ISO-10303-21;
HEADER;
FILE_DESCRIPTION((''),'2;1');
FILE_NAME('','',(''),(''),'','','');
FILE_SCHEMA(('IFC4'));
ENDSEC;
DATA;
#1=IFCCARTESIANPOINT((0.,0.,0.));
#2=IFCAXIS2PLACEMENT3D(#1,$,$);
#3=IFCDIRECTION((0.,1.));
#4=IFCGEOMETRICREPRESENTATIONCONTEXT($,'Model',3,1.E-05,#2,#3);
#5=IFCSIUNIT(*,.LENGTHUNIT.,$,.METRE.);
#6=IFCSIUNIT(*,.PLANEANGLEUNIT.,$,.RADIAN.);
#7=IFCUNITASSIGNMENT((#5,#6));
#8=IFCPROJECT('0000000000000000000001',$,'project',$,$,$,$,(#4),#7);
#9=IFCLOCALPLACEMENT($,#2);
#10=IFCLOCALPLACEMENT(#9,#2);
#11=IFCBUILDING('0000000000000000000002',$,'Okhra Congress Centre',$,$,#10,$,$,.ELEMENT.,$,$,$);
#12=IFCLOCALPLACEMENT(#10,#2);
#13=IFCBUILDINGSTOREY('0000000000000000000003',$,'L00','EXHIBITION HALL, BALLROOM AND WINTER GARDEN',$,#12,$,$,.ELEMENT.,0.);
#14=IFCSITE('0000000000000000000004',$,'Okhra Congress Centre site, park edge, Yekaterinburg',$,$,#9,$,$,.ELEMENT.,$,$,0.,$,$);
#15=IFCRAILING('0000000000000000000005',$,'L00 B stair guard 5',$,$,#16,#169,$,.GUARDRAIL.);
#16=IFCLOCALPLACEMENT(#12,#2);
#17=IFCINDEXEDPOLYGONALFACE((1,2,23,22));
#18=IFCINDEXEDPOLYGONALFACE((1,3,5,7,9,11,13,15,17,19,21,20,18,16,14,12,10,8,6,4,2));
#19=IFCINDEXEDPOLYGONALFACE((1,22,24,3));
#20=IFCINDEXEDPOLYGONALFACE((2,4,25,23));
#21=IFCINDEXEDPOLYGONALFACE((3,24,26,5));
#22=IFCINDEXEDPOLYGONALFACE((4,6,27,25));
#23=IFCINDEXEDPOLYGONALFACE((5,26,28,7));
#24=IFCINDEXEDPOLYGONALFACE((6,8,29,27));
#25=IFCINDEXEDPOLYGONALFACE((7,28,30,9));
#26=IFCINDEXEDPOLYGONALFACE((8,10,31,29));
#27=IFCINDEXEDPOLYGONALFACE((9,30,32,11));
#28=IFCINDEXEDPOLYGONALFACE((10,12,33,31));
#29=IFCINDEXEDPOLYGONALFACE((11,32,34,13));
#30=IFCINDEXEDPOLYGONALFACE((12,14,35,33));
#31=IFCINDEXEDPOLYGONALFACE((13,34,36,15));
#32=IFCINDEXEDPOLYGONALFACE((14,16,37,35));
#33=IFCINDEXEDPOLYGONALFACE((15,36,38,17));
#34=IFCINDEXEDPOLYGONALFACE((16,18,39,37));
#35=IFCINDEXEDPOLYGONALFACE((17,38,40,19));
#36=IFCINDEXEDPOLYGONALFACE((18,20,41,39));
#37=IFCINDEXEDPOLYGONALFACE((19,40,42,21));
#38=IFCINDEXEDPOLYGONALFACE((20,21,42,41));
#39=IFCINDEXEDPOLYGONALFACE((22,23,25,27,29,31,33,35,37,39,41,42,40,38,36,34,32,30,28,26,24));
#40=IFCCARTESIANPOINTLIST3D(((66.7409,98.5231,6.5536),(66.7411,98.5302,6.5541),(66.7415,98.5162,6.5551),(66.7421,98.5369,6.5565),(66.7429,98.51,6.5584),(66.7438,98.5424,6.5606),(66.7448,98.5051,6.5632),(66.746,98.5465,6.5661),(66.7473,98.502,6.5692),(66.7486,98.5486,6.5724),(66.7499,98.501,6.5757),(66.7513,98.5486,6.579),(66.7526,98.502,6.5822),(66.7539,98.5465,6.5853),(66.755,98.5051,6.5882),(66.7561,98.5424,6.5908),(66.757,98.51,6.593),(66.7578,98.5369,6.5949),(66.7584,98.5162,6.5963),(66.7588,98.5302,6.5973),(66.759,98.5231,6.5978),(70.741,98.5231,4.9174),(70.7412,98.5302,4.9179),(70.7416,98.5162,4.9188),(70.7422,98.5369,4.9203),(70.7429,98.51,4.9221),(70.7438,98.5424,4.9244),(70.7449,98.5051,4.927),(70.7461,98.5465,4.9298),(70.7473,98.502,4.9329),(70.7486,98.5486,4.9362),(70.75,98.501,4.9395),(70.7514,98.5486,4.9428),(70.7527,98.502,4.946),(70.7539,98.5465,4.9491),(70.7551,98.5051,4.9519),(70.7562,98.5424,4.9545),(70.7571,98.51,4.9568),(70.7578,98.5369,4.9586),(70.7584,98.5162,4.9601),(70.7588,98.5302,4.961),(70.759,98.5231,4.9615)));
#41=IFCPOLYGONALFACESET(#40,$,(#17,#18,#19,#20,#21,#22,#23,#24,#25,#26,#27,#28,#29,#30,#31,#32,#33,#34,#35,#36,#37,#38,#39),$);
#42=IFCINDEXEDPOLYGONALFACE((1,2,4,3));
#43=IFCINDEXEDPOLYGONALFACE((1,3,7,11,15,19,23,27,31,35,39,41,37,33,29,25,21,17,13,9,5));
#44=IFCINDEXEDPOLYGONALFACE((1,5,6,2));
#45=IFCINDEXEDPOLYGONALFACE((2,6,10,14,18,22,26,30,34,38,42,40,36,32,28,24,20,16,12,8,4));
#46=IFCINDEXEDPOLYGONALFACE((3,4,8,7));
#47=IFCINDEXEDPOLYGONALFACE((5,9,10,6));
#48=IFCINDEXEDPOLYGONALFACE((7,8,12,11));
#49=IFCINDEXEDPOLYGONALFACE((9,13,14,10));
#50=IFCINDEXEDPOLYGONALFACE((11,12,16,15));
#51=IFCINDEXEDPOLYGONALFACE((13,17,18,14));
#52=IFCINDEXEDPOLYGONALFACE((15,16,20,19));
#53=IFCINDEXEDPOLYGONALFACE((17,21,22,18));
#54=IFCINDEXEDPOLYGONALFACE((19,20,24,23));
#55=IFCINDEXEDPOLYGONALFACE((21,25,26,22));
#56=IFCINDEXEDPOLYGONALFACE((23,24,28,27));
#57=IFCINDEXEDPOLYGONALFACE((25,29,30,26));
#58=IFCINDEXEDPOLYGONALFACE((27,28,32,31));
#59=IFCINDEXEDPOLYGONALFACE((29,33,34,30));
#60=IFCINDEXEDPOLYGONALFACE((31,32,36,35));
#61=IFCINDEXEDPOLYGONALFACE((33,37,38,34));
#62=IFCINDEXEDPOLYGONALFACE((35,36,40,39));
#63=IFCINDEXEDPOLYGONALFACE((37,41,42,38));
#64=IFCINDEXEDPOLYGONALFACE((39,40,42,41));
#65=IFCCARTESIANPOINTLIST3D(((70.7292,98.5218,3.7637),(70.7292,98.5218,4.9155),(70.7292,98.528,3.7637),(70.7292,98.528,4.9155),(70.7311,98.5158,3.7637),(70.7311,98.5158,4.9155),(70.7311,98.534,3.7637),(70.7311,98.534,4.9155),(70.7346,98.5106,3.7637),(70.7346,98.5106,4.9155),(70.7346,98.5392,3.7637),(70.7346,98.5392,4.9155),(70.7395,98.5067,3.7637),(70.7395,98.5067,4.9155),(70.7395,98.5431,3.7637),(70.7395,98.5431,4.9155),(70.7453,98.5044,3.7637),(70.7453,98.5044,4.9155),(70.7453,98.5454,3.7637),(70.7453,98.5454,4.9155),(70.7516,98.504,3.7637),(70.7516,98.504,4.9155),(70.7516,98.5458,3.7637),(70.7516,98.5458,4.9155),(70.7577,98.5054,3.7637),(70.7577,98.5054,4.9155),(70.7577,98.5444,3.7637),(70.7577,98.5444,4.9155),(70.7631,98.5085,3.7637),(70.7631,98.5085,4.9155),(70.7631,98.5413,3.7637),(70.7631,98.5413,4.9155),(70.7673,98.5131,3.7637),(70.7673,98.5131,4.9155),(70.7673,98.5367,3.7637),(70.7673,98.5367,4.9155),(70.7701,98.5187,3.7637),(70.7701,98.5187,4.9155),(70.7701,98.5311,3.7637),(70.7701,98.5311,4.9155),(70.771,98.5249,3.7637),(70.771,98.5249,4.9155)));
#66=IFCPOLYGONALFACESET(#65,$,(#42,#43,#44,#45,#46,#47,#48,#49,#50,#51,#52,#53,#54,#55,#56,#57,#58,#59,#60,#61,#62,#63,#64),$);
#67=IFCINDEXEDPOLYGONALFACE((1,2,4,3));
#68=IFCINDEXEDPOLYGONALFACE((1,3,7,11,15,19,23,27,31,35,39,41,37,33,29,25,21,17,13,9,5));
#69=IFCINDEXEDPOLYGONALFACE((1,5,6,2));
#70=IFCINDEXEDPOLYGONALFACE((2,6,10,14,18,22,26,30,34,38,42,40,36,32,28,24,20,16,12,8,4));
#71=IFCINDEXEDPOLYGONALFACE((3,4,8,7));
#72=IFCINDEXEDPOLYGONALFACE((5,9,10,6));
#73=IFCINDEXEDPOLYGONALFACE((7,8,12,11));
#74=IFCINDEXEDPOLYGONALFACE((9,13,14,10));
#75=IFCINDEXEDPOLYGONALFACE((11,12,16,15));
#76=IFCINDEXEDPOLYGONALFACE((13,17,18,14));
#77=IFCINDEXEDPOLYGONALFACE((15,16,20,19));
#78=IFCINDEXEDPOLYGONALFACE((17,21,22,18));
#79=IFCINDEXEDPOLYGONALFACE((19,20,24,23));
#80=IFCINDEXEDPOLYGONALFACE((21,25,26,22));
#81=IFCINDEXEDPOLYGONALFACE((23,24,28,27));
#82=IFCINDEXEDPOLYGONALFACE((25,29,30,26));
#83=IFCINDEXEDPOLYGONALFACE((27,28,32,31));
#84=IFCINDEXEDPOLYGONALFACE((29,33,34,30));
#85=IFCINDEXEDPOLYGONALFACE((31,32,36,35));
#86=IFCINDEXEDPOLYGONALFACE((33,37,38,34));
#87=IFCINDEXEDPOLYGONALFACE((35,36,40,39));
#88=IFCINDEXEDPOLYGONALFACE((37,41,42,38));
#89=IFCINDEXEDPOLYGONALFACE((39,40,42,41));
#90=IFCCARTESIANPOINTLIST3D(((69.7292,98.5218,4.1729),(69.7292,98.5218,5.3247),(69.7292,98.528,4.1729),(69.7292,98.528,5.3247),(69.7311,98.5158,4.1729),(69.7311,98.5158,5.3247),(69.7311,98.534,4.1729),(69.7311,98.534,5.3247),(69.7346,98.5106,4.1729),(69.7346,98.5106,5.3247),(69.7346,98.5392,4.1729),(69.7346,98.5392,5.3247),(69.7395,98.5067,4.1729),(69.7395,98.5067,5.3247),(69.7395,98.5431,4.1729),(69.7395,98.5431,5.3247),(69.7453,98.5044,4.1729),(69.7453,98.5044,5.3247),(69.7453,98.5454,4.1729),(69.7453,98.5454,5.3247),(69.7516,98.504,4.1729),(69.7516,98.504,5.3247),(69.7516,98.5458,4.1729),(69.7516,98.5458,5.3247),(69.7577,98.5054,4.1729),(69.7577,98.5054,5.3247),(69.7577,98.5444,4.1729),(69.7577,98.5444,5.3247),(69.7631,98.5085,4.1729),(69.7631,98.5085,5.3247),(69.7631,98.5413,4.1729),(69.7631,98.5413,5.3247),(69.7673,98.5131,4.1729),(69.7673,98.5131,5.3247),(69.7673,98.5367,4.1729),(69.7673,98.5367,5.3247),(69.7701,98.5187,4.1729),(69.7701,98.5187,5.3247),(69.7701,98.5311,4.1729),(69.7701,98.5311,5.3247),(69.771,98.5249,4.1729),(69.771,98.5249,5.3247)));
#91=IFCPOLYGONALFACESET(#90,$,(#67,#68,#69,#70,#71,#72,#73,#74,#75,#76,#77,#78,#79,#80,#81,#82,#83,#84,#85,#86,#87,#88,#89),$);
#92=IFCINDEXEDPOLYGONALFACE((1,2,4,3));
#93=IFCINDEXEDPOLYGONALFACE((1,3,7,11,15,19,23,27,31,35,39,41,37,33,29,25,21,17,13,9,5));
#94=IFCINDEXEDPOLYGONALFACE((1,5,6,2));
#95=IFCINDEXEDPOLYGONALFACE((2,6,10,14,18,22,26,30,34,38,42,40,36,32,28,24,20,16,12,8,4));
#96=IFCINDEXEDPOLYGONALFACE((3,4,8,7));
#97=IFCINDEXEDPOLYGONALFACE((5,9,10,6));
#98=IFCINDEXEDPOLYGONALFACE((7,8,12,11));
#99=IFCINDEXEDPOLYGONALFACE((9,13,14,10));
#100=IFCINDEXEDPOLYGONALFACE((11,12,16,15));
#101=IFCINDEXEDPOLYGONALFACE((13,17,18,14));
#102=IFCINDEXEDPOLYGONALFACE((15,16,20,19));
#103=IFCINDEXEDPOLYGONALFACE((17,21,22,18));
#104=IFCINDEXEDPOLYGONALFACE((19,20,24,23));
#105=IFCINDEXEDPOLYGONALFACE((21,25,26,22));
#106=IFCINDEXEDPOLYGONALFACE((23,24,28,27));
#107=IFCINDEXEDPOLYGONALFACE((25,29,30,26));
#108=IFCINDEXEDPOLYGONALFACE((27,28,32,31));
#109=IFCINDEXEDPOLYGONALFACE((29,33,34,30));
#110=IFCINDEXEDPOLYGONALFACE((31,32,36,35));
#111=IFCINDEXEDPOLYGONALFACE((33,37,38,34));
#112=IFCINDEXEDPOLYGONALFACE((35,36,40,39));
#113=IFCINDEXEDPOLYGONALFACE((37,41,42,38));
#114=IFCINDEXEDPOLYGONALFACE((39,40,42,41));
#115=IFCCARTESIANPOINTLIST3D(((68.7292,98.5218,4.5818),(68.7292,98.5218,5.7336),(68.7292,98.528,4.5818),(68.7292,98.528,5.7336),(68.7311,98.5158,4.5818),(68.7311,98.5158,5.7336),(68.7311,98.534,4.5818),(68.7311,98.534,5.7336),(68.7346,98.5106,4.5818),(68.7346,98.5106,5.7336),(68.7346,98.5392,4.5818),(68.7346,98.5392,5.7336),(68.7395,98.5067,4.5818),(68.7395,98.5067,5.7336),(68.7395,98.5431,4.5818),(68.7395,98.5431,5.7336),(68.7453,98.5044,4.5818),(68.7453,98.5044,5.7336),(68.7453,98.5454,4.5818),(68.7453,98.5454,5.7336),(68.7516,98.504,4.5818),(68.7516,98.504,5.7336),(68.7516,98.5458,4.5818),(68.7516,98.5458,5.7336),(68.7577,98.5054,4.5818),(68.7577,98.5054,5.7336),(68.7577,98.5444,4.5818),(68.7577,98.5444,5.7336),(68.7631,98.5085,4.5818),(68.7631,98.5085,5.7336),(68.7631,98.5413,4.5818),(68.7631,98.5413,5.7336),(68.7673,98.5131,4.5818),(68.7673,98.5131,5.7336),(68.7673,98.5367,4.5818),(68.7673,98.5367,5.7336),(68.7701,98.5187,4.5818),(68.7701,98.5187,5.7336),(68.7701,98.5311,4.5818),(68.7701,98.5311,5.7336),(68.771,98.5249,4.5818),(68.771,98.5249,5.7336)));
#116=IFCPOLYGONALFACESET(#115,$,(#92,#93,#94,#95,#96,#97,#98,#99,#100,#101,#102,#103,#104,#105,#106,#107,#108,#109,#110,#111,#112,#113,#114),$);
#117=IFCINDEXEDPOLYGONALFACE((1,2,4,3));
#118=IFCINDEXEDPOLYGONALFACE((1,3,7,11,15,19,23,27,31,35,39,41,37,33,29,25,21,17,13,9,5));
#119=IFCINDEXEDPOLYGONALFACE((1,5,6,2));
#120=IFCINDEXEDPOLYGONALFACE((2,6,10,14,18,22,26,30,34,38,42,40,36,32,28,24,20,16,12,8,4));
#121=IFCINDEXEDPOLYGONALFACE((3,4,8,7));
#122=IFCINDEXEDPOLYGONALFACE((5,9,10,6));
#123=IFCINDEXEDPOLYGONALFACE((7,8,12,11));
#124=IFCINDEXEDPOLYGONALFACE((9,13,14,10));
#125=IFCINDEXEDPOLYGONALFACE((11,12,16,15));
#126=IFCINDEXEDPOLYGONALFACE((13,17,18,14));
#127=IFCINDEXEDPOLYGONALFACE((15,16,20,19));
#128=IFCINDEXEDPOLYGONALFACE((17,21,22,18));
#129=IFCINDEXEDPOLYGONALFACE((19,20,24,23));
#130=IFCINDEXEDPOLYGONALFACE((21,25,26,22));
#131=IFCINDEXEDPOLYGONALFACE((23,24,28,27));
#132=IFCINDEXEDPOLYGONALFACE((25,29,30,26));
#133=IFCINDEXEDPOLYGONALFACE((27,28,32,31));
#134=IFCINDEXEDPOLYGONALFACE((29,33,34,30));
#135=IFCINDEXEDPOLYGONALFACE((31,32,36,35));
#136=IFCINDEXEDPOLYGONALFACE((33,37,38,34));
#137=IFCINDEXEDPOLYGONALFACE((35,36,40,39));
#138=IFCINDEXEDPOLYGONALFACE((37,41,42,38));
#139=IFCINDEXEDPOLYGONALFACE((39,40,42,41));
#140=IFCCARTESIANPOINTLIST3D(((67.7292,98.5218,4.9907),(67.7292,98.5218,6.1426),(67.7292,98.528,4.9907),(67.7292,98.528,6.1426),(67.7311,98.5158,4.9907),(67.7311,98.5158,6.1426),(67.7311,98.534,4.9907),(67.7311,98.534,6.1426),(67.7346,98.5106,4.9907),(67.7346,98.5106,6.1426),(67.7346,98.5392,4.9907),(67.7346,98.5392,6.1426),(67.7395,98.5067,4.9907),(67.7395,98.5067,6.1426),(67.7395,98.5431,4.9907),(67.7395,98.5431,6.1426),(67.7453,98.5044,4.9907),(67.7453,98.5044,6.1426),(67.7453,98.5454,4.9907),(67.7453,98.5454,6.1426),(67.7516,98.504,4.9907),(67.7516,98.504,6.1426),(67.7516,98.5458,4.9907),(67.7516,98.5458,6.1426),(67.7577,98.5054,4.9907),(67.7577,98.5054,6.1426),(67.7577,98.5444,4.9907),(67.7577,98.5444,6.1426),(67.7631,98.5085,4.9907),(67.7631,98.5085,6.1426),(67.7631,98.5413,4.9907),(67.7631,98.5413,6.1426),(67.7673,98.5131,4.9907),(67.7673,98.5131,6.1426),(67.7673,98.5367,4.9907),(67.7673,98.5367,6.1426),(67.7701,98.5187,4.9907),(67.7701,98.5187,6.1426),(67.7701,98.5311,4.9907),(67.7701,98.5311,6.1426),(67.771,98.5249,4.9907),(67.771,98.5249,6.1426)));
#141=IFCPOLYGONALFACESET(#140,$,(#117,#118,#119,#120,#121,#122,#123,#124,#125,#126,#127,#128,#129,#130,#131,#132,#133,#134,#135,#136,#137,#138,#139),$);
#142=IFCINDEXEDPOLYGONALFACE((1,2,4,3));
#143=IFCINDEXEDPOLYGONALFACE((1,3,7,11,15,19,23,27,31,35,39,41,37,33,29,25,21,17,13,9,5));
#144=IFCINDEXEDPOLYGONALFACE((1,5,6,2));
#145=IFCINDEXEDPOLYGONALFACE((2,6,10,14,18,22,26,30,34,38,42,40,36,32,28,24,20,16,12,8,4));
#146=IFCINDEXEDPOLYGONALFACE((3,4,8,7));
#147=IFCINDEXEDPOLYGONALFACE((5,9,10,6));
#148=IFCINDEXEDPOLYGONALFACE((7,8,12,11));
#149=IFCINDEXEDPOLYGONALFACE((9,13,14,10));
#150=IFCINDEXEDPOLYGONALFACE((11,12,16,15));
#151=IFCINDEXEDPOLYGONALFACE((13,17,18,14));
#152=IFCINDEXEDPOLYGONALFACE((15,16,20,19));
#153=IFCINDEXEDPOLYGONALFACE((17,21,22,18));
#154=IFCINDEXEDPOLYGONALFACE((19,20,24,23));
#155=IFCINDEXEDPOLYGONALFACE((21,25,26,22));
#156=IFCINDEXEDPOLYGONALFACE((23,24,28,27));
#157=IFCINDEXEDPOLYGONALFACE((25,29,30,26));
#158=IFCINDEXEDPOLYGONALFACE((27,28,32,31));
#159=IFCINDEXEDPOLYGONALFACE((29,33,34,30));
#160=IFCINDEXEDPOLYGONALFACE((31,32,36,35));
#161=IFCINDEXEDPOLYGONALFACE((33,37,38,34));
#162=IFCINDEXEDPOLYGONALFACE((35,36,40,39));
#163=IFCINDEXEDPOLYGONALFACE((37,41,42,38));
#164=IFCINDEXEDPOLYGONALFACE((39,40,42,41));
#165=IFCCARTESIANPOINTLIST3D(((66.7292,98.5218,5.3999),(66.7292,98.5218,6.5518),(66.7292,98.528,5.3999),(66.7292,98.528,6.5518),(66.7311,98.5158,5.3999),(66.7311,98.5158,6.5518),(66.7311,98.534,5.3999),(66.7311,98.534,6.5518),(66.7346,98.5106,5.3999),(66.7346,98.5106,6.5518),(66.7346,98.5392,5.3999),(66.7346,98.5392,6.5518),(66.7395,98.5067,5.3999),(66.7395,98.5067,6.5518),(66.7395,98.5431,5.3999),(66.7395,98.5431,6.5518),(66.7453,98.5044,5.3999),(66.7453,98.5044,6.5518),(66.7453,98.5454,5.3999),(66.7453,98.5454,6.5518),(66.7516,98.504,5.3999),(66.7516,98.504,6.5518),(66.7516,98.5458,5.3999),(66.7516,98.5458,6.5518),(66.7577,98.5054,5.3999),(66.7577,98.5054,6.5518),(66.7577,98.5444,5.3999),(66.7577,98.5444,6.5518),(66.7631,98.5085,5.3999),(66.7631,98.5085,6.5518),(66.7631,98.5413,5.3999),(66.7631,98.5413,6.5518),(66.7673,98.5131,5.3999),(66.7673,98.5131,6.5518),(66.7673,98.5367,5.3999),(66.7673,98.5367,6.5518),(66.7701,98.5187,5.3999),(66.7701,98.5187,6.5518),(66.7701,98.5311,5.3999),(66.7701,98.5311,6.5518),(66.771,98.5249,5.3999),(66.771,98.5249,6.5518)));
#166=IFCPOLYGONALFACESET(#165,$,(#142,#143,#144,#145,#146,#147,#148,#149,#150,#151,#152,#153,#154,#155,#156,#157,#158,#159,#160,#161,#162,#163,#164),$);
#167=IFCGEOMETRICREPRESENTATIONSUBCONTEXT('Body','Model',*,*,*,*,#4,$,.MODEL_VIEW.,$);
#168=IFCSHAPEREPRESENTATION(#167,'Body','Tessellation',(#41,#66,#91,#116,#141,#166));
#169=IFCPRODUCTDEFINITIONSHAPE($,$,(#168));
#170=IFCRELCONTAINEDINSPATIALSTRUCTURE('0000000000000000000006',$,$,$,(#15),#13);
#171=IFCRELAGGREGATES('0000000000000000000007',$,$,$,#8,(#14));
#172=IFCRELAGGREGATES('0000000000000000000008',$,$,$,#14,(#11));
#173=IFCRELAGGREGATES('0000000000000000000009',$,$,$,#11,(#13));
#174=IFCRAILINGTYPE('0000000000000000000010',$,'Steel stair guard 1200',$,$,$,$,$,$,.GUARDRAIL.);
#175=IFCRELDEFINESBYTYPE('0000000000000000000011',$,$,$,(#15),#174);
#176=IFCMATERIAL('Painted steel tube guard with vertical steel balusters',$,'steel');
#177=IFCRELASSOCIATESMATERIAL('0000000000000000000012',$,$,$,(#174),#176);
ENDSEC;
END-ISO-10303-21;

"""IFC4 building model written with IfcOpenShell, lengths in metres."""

from ifc_helpers import new_model, si_unit, direction, frame, origin, origin_2d, place, context, subcontext, project, spatial, circle, extrude, material, type_object, element, save


model = new_model("IFC4")

# Units and contexts
model_context = context("Model", 3, precision=1e-05, world=origin(), true_north=direction((0.0, 1.0)))
body_context = subcontext(model_context, "Body", "Model", "MODEL_VIEW")
ifc_project = project(units=[si_unit("LENGTHUNIT", "METRE"), si_unit("PLANEANGLEUNIT", "RADIAN")], contexts=[model_context])

# Site, building, storey
site_placement = place(None, origin())
site = spatial("IfcSite", under=ifc_project, at=site_placement, Name="Okhra Congress Centre site, park edge, Yekaterinburg", CompositionType="ELEMENT", RefElevation=0.0)
building_placement = place(site_placement, origin())
building = spatial("IfcBuilding", under=site, at=building_placement, Name="Okhra Congress Centre", CompositionType="ELEMENT")
storey_placement = place(building_placement, origin())
storey = spatial("IfcBuildingStorey", under=building, at=storey_placement, Name="L00", Description="EXHIBITION HALL, BALLROOM AND WINTER GARDEN", CompositionType="ELEMENT", Elevation=0.0)

# Railing
ifc_material_1 = material(Name="Painted steel tube guard with vertical steel balusters", Category="steel")
railing_type_1 = type_object("IfcRailingType", Name="Steel stair guard 1200", PredefinedType="GUARDRAIL", material=ifc_material_1)
railing_1_placement = place(storey_placement, frame((70.75, 98.5249, 3.7637)))
element("IfcRailing", 1, at=railing_1_placement, inside=storey, type_object=railing_type_1, Name="L00 B stair guard 5", PredefinedType="GUARDRAIL", context=body_context, shape_type="SweptSolid", body=[
    extrude(circle(Radius=0.0239, at=origin_2d()), frame((0.0, 0.0, 1.1758), z_axis=(-0.925558, 0.0, 0.378606), x_axis=(0.0, -1.0, 0.0)), (0.0, 0.0, 1.0), 4.3218),
    extrude(circle(Radius=0.021, at=origin_2d()), origin(), (0.0, 0.0, 1.0), 1.1519),
    extrude(circle(Radius=0.021, at=origin_2d()), frame((-1.0, 0.0, 0.4092)), (0.0, 0.0, 1.0), 1.1519),
    extrude(circle(Radius=0.021, at=origin_2d()), frame((-2.0, 0.0, 0.8181)), (0.0, 0.0, 1.0), 1.1519),
    extrude(circle(Radius=0.021, at=origin_2d()), frame((-3.0, 0.0, 1.2271)), (0.0, 0.0, 1.0), 1.1519),
    extrude(circle(Radius=0.021, at=origin_2d()), frame((-4.0, 0.0, 1.6362)), (0.0, 0.0, 1.0), 1.1519),
])

save(model, "model.ifc")
